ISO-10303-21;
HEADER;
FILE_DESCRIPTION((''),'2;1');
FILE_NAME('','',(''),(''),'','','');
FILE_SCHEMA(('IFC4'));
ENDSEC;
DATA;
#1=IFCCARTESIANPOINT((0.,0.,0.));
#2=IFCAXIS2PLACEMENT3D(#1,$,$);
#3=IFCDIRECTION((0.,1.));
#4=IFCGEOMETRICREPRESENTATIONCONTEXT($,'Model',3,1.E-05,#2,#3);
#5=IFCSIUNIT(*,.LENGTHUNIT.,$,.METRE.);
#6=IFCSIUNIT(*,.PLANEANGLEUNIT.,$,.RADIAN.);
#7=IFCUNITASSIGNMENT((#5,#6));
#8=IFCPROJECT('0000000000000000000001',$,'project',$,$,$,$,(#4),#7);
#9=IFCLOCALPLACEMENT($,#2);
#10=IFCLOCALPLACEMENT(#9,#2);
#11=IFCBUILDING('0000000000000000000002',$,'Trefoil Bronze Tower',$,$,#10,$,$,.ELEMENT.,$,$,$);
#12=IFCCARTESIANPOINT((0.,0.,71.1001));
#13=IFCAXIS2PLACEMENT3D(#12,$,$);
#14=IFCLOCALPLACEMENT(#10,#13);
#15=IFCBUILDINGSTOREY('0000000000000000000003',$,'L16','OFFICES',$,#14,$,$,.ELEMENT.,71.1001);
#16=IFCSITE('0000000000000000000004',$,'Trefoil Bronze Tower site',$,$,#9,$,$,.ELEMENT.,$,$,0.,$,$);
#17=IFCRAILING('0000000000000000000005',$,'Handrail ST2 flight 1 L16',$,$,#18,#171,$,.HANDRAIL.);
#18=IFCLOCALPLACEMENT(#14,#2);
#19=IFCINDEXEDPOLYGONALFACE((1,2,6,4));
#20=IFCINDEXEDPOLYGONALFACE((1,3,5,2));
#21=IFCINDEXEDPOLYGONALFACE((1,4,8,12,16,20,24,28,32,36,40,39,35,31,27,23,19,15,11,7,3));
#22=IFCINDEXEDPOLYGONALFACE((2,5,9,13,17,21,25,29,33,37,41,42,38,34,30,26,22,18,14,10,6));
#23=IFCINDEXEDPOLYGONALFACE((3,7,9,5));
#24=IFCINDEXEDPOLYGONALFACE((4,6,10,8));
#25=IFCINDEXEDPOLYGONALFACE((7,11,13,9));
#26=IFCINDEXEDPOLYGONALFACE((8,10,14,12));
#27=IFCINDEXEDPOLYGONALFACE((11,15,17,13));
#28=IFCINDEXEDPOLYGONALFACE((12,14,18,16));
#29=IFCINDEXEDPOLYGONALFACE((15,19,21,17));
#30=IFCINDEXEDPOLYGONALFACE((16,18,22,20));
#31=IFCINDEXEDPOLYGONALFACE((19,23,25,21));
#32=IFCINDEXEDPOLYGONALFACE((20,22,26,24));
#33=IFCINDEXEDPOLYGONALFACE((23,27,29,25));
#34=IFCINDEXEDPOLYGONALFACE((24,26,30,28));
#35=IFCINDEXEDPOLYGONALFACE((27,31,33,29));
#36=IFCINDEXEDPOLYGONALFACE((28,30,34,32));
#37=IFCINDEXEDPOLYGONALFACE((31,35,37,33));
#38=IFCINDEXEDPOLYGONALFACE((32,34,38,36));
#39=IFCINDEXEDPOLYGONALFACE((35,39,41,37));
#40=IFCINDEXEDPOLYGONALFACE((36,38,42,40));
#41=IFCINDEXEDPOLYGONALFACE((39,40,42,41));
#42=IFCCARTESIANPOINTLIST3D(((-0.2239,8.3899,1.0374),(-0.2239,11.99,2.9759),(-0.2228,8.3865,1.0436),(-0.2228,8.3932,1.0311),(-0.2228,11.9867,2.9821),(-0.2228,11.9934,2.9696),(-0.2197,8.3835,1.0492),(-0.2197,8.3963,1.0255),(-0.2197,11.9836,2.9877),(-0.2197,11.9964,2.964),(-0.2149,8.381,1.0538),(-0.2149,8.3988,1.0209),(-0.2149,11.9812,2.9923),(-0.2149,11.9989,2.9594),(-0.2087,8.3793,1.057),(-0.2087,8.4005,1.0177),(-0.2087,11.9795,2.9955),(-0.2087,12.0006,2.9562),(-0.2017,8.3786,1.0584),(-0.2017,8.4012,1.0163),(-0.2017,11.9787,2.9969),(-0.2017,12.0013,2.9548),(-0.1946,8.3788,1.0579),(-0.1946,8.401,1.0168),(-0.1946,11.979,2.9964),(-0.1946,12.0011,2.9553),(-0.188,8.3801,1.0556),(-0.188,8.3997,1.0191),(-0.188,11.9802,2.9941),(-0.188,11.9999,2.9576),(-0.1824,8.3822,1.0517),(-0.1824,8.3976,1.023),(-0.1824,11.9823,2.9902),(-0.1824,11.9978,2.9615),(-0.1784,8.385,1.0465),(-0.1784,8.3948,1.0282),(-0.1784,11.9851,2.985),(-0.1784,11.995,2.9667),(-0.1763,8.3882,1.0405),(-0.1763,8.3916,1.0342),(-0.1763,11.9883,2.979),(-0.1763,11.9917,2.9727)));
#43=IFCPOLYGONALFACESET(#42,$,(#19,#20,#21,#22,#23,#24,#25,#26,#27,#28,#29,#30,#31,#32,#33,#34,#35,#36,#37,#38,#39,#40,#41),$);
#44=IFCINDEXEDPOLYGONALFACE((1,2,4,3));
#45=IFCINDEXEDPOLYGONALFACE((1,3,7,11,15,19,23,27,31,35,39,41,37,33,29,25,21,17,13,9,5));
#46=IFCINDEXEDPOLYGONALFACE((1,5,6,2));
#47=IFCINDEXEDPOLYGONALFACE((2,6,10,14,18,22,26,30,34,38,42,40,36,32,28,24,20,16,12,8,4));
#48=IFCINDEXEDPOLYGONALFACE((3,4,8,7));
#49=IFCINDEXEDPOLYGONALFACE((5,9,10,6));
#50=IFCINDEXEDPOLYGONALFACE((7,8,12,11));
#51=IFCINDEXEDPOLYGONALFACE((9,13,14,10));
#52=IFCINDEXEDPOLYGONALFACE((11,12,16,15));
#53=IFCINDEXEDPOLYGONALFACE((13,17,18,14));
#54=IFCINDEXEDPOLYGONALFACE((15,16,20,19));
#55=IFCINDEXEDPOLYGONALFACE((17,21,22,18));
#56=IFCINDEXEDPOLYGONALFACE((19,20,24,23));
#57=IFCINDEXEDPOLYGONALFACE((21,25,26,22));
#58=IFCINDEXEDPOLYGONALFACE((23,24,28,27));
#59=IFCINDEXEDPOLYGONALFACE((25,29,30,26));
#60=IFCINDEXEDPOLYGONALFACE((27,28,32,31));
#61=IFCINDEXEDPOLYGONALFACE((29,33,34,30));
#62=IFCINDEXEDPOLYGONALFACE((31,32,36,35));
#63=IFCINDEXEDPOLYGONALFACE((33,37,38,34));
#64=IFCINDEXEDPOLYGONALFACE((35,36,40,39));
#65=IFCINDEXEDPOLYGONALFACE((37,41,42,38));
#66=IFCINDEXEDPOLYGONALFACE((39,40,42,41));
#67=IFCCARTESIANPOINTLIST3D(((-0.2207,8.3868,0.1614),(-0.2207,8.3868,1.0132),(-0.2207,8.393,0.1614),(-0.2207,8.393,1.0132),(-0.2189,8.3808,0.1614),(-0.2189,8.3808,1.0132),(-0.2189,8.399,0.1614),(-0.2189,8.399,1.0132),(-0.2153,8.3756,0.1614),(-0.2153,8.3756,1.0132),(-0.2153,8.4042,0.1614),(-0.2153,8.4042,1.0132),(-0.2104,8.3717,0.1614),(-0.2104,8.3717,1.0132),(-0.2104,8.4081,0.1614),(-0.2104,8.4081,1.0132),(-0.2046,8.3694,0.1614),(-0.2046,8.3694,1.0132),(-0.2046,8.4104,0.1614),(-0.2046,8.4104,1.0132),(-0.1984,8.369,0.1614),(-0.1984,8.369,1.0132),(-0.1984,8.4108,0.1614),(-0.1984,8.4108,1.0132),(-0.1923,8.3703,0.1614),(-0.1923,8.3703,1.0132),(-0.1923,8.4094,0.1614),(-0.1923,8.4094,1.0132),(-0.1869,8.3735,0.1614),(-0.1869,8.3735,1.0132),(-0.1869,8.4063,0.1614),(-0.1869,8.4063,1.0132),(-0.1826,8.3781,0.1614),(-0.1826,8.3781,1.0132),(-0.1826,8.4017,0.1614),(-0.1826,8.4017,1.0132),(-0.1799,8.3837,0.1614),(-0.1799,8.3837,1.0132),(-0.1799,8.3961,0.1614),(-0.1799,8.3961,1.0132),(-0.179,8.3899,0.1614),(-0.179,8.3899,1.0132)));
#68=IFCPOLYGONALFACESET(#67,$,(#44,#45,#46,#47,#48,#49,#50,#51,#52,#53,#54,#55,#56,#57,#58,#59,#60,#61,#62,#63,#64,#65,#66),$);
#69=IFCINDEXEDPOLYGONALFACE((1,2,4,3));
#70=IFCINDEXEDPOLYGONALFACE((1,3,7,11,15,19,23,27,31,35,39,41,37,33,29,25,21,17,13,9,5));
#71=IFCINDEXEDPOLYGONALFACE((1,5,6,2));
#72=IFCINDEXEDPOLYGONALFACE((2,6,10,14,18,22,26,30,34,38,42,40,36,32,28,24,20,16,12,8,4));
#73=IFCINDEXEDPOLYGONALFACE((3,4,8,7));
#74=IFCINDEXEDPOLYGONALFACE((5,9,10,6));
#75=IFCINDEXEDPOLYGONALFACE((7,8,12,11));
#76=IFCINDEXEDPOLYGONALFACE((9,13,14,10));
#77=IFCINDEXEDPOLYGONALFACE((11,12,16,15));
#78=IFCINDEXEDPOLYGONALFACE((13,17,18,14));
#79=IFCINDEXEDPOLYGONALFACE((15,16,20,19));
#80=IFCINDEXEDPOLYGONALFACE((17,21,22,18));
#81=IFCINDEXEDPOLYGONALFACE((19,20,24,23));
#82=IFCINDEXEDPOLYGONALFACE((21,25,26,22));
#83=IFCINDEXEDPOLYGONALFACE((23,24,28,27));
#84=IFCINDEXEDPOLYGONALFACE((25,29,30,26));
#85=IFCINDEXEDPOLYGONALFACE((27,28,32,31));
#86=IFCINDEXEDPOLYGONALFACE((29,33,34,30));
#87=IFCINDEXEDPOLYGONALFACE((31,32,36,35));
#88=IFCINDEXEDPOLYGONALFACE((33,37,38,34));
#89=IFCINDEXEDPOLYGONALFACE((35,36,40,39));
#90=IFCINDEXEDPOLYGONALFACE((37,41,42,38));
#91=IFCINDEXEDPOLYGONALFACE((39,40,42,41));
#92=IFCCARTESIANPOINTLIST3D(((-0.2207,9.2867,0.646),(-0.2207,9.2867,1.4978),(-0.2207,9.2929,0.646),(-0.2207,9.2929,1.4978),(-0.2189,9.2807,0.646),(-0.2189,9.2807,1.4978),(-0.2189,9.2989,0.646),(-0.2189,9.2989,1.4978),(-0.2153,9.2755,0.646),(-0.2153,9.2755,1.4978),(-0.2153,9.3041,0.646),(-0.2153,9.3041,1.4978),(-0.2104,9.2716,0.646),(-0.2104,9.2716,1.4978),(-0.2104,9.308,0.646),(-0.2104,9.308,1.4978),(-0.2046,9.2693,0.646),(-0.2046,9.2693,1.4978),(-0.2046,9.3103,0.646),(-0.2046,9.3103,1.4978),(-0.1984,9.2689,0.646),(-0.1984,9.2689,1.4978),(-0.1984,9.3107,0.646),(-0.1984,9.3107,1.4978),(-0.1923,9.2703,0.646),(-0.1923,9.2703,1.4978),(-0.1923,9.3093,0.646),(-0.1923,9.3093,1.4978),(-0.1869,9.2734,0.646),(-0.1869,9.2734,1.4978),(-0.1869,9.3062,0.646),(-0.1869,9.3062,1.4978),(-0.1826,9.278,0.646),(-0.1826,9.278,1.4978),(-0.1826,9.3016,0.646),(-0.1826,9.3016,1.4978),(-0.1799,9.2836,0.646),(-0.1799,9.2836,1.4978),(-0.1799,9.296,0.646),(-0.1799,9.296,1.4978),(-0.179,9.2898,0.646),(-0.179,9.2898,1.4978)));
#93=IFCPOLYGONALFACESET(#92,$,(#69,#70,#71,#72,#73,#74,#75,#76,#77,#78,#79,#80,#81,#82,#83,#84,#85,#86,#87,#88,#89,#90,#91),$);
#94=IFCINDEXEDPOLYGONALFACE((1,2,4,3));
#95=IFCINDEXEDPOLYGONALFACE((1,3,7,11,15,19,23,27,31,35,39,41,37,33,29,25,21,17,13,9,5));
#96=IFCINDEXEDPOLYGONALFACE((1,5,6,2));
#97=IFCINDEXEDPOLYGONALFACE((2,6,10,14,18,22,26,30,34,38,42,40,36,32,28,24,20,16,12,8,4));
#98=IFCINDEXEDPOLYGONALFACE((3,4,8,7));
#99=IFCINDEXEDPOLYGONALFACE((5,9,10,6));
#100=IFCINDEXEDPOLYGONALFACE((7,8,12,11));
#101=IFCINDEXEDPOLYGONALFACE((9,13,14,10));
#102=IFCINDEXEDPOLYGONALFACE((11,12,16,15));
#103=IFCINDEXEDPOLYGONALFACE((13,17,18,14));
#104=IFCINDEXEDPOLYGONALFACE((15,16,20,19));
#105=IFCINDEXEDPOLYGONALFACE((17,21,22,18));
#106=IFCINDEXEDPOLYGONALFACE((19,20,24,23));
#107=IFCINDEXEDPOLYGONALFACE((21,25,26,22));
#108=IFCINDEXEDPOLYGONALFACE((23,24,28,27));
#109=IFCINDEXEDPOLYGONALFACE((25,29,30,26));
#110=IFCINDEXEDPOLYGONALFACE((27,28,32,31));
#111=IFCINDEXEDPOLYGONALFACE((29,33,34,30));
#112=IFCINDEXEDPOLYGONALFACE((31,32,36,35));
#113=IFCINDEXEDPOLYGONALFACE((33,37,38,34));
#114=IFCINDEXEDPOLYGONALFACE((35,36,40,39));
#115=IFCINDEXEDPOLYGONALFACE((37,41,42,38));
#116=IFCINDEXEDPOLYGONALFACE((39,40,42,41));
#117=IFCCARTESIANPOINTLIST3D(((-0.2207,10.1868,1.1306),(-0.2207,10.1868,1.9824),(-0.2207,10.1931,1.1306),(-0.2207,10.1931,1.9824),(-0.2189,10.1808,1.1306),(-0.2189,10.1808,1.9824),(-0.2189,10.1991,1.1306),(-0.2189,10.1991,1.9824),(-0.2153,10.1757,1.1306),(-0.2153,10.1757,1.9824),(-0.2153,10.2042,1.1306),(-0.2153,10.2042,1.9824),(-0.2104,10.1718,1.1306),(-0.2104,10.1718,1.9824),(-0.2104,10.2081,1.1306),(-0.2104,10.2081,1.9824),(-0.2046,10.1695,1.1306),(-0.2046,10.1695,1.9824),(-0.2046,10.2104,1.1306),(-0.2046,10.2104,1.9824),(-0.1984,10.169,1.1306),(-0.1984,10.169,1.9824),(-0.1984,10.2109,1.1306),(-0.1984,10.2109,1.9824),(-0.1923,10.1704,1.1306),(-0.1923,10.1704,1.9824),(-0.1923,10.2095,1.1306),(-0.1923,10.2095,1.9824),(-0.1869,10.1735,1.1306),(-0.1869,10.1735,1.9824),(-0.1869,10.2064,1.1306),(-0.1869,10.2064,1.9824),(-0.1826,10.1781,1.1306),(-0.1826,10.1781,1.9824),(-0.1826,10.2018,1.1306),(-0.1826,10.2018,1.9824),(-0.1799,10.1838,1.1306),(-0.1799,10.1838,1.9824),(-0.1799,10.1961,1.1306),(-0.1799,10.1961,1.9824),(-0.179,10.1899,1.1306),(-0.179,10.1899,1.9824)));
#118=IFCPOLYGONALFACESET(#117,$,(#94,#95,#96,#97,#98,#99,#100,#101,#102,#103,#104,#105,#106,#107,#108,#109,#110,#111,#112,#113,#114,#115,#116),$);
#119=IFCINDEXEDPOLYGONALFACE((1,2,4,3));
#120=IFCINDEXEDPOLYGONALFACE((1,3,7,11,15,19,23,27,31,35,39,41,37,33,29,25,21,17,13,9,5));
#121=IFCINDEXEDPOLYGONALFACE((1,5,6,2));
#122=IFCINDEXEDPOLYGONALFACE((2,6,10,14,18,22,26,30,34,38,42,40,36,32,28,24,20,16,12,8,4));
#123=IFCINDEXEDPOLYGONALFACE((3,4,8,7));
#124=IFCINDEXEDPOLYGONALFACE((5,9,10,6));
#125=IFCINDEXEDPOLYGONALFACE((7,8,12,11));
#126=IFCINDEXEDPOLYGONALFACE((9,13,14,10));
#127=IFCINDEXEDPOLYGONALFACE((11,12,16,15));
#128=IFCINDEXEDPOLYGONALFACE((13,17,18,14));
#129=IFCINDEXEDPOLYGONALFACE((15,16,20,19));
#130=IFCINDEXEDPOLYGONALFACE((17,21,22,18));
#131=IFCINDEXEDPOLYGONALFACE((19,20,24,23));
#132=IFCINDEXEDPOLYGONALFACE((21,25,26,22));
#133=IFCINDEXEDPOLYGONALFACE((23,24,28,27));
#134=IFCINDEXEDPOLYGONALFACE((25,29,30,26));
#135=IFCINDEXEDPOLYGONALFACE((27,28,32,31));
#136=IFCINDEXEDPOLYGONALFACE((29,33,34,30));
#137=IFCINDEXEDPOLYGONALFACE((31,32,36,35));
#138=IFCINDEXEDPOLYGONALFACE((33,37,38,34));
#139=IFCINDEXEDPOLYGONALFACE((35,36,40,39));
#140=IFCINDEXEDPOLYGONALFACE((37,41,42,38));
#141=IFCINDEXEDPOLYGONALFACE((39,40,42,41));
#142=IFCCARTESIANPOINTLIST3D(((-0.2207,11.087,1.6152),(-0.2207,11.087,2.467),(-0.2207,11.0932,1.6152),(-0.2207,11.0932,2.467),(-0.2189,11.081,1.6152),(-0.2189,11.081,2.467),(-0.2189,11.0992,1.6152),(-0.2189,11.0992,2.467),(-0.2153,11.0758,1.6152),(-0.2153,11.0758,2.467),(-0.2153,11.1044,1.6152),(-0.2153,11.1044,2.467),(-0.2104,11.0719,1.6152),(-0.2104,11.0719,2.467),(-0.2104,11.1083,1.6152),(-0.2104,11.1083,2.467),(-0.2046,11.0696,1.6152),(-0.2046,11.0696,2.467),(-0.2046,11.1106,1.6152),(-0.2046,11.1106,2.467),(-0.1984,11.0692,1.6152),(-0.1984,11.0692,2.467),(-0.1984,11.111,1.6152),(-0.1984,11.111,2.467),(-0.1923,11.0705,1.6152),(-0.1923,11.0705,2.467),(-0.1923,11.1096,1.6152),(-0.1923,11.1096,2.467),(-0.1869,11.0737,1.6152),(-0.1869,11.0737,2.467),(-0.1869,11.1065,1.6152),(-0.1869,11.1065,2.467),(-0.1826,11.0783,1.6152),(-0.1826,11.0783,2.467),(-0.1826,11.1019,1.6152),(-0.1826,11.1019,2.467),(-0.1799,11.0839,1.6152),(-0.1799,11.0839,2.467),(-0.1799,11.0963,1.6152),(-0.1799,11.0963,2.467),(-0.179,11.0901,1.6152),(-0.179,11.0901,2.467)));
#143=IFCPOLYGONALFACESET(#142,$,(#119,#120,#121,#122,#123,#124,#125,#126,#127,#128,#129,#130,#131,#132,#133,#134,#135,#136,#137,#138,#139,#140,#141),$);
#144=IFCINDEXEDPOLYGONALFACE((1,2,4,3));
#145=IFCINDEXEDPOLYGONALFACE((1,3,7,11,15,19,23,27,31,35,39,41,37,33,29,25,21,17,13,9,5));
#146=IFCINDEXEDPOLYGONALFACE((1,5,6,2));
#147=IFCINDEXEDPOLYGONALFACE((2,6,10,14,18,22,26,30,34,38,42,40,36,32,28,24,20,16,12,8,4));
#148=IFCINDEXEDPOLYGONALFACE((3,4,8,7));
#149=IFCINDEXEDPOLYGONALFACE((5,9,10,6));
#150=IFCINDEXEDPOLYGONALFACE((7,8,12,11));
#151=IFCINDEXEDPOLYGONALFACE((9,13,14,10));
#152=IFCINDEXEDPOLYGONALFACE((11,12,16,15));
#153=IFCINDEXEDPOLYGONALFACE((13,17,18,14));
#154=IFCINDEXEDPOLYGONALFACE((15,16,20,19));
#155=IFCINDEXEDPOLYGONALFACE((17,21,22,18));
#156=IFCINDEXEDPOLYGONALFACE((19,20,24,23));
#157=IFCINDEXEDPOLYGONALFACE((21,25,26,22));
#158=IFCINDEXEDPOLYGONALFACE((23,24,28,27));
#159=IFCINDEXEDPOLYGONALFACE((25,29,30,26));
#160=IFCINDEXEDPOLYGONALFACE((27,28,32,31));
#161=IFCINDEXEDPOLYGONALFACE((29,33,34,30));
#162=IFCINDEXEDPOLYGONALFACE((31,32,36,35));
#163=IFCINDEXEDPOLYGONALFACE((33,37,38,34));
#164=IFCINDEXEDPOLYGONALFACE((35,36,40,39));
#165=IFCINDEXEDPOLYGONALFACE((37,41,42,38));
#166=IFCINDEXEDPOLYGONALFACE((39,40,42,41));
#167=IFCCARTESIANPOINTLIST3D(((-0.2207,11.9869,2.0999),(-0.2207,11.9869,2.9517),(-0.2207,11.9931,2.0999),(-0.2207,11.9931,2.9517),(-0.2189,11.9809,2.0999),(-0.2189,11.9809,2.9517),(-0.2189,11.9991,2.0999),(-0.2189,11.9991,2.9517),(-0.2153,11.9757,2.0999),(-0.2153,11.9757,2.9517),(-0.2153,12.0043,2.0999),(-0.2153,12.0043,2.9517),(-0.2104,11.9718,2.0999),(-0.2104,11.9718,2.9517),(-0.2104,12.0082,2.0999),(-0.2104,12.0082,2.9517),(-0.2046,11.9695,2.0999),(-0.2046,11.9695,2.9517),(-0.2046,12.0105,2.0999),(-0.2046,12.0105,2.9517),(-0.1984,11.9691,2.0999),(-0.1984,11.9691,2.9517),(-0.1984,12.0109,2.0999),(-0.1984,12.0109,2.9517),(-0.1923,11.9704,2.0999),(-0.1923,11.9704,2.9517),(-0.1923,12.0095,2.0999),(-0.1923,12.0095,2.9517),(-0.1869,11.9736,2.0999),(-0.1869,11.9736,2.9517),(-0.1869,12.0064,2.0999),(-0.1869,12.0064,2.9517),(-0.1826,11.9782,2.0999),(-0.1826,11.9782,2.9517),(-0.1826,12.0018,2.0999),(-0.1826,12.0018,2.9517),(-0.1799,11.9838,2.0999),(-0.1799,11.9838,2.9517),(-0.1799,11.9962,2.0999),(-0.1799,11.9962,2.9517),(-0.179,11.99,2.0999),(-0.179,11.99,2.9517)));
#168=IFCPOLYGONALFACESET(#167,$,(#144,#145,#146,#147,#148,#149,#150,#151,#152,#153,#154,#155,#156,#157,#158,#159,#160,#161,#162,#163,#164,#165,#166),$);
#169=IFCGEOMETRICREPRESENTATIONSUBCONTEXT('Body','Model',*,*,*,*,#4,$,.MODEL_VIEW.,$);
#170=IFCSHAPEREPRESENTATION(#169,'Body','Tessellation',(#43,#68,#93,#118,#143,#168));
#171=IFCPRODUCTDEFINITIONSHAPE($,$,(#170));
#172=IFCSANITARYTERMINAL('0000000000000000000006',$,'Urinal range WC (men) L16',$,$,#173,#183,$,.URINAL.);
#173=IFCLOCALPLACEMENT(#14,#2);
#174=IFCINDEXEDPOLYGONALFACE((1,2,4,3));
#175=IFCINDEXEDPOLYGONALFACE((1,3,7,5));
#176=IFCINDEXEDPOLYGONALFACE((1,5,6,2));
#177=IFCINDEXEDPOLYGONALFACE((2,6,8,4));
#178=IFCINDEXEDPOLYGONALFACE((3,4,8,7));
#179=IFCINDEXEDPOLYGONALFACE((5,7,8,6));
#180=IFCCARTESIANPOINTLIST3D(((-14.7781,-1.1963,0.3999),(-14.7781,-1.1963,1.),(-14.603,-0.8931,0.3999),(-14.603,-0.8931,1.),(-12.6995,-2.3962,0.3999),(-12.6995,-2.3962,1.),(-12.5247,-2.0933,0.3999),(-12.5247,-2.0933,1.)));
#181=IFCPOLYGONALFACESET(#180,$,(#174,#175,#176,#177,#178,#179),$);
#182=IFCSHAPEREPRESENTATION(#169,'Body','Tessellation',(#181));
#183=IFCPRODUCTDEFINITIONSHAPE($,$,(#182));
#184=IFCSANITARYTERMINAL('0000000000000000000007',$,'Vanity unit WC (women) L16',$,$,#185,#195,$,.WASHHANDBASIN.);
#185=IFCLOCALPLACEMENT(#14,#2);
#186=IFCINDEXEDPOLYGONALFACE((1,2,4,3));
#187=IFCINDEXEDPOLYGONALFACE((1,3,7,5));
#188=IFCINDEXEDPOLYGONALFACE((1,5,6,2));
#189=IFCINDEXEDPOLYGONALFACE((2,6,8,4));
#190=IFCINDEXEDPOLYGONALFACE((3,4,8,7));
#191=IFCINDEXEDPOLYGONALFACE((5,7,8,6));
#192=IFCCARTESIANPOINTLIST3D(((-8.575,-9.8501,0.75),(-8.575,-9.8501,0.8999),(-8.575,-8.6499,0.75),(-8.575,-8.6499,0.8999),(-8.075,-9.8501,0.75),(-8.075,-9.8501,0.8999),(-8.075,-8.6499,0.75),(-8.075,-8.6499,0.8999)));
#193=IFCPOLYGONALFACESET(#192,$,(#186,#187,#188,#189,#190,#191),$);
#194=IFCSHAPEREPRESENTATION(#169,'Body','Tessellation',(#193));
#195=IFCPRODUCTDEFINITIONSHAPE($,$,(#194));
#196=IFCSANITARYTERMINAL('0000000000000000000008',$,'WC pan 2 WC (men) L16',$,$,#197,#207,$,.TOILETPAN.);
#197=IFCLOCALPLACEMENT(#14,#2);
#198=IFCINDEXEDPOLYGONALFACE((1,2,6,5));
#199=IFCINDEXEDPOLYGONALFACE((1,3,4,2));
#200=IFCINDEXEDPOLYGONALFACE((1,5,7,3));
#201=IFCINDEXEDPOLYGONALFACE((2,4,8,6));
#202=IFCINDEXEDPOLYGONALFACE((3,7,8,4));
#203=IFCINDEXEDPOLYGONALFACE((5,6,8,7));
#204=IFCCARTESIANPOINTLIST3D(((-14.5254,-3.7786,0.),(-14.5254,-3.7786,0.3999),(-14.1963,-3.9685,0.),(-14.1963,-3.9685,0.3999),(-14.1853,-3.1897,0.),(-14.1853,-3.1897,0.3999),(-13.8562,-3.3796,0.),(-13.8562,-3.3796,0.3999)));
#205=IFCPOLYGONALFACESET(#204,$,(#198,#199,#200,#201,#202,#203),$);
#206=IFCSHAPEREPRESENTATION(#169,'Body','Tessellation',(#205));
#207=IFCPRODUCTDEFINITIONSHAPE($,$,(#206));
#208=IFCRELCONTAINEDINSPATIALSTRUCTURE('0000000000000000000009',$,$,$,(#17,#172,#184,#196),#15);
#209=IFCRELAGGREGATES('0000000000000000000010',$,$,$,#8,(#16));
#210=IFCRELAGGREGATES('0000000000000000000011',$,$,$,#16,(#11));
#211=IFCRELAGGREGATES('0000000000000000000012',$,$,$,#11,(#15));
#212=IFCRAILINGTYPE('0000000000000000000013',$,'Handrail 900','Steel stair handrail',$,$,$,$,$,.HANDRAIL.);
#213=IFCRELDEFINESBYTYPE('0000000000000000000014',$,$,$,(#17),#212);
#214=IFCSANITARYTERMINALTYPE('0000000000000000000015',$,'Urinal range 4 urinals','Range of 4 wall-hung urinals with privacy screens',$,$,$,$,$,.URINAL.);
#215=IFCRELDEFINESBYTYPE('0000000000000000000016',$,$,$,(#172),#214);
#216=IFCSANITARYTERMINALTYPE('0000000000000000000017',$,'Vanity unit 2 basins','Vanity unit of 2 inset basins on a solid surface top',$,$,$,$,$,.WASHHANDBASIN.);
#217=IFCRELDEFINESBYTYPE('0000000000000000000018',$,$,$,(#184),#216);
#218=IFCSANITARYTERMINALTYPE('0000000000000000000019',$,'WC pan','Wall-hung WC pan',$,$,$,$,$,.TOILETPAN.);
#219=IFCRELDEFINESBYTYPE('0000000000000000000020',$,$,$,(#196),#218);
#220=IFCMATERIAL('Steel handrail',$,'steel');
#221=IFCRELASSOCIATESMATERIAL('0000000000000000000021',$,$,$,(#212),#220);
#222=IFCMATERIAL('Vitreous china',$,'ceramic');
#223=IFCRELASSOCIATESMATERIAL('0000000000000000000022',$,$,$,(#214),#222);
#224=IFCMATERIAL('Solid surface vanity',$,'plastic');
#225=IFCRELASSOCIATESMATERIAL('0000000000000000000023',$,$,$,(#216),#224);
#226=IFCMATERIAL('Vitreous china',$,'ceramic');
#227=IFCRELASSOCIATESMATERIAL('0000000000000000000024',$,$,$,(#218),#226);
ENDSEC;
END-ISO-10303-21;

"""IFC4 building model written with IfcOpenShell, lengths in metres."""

from ifc_helpers import new_model, si_unit, direction, frame, origin, origin_2d, place, context, subcontext, project, spatial, polyline, circle, outline, extrude, material, type_object, element, save


model = new_model("IFC4")

# Units and contexts
model_context = context("Model", 3, precision=1e-05, world=origin(), true_north=direction((0.0, 1.0)))
body_context = subcontext(model_context, "Body", "Model", "MODEL_VIEW")
ifc_project = project(units=[si_unit("LENGTHUNIT", "METRE"), si_unit("PLANEANGLEUNIT", "RADIAN")], contexts=[model_context])

# Site, building, storey
site_placement = place(None, origin())
site = spatial("IfcSite", under=ifc_project, at=site_placement, Name="Trefoil Bronze Tower site", CompositionType="ELEMENT", RefElevation=0.0)
building_placement = place(site_placement, origin())
building = spatial("IfcBuilding", under=site, at=building_placement, Name="Trefoil Bronze Tower", CompositionType="ELEMENT")
storey_placement = place(building_placement, frame((0.0, 0.0, 71.1001)))
storey = spatial("IfcBuildingStorey", under=building, at=storey_placement, Name="L16", Description="OFFICES", CompositionType="ELEMENT", Elevation=71.1001)

# Railing
ifc_material_1 = material(Name="Steel handrail", Category="steel")
railing_type = type_object("IfcRailingType", Name="Handrail 900", Description="Steel stair handrail", PredefinedType="HANDRAIL", material=ifc_material_1)
railing_placement = place(storey_placement, frame((-0.2, 8.3899, 0.1614)))
element("IfcRailing", 1, at=railing_placement, inside=storey, type_object=railing_type, Name="Handrail ST2 flight 1 L16", PredefinedType="HANDRAIL", context=body_context, shape_type="SweptSolid", body=[
    extrude(circle(Radius=0.0239, at=origin_2d()), frame((0.0, 0.0, 0.876), z_axis=(0.0, 0.880475, 0.474093), x_axis=(-1.0, 0.0, 0.0)), (0.0, 0.0, 1.0), 4.0889),
    extrude(circle(Radius=0.021, at=origin_2d()), origin(), (0.0, 0.0, 1.0), 0.8518),
    extrude(circle(Radius=0.021, at=origin_2d()), frame((0.0, 0.8999, 0.4846)), (0.0, 0.0, 1.0), 0.8518),
    extrude(circle(Radius=0.021, at=origin_2d()), frame((0.0, 1.8, 0.9692)), (0.0, 0.0, 1.0), 0.8518),
    extrude(circle(Radius=0.021, at=origin_2d()), frame((0.0, 2.7002, 1.4539)), (0.0, 0.0, 1.0), 0.8518),
    extrude(circle(Radius=0.021, at=origin_2d()), frame((0.0, 3.6001, 1.9385)), (0.0, 0.0, 1.0), 0.8518),
])

# Sanitary terminals
ifc_material_2 = material(Name="Vitreous china", Category="ceramic")
sanitary_terminal_type_1 = type_object("IfcSanitaryTerminalType", Name="Urinal range 4 urinals", Description="Range of 4 wall-hung urinals with privacy screens", PredefinedType="URINAL", material=ifc_material_2)
sanitary_terminal_1_placement = place(storey_placement, frame((0.0, 0.0, 0.3999)))
element("IfcSanitaryTerminal", 2, at=sanitary_terminal_1_placement, inside=storey, type_object=sanitary_terminal_type_1, Name="Urinal range WC (men) L16", PredefinedType="URINAL", context=body_context, shape_type="SweptSolid", body=[
    extrude(outline(polyline([(-12.5247, -2.0933), (-12.6995, -2.3962), (-14.7781, -1.1963), (-14.603, -0.8931), (-12.5247, -2.0933)])), origin(), (0.0, 0.0, 1.0), 0.6001),
])
ifc_material_3 = material(Name="Solid surface vanity", Category="plastic")
sanitary_terminal_type_2 = type_object("IfcSanitaryTerminalType", Name="Vanity unit 2 basins", Description="Vanity unit of 2 inset basins on a solid surface top", PredefinedType="WASHHANDBASIN", material=ifc_material_3)
sanitary_terminal_2_placement = place(storey_placement, frame((0.0, 0.0, 0.75)))
element("IfcSanitaryTerminal", 3, at=sanitary_terminal_2_placement, inside=storey, type_object=sanitary_terminal_type_2, Name="Vanity unit WC (women) L16", PredefinedType="WASHHANDBASIN", context=body_context, shape_type="SweptSolid", body=[
    extrude(outline(polyline([(-8.075, -8.6499), (-8.575, -8.6499), (-8.575, -9.8501), (-8.075, -9.8501), (-8.075, -8.6499)])), origin(), (0.0, 0.0, 1.0), 0.1499),
])
ifc_material_4 = material(Name="Vitreous china", Category="ceramic")
sanitary_terminal_type_3 = type_object("IfcSanitaryTerminalType", Name="WC pan", Description="Wall-hung WC pan", PredefinedType="TOILETPAN", material=ifc_material_4)
sanitary_terminal_3_placement = place(storey_placement, origin())
element("IfcSanitaryTerminal", 4, at=sanitary_terminal_3_placement, inside=storey, type_object=sanitary_terminal_type_3, Name="WC pan 2 WC (men) L16", PredefinedType="TOILETPAN", context=body_context, shape_type="SweptSolid", body=[
    extrude(outline(polyline([(-13.8562, -3.3796), (-14.1963, -3.9685), (-14.5254, -3.7786), (-14.1853, -3.1897), (-13.8562, -3.3796)])), origin(), (0.0, 0.0, 1.0), 0.3999),
])

save(model, "model.ifc")
